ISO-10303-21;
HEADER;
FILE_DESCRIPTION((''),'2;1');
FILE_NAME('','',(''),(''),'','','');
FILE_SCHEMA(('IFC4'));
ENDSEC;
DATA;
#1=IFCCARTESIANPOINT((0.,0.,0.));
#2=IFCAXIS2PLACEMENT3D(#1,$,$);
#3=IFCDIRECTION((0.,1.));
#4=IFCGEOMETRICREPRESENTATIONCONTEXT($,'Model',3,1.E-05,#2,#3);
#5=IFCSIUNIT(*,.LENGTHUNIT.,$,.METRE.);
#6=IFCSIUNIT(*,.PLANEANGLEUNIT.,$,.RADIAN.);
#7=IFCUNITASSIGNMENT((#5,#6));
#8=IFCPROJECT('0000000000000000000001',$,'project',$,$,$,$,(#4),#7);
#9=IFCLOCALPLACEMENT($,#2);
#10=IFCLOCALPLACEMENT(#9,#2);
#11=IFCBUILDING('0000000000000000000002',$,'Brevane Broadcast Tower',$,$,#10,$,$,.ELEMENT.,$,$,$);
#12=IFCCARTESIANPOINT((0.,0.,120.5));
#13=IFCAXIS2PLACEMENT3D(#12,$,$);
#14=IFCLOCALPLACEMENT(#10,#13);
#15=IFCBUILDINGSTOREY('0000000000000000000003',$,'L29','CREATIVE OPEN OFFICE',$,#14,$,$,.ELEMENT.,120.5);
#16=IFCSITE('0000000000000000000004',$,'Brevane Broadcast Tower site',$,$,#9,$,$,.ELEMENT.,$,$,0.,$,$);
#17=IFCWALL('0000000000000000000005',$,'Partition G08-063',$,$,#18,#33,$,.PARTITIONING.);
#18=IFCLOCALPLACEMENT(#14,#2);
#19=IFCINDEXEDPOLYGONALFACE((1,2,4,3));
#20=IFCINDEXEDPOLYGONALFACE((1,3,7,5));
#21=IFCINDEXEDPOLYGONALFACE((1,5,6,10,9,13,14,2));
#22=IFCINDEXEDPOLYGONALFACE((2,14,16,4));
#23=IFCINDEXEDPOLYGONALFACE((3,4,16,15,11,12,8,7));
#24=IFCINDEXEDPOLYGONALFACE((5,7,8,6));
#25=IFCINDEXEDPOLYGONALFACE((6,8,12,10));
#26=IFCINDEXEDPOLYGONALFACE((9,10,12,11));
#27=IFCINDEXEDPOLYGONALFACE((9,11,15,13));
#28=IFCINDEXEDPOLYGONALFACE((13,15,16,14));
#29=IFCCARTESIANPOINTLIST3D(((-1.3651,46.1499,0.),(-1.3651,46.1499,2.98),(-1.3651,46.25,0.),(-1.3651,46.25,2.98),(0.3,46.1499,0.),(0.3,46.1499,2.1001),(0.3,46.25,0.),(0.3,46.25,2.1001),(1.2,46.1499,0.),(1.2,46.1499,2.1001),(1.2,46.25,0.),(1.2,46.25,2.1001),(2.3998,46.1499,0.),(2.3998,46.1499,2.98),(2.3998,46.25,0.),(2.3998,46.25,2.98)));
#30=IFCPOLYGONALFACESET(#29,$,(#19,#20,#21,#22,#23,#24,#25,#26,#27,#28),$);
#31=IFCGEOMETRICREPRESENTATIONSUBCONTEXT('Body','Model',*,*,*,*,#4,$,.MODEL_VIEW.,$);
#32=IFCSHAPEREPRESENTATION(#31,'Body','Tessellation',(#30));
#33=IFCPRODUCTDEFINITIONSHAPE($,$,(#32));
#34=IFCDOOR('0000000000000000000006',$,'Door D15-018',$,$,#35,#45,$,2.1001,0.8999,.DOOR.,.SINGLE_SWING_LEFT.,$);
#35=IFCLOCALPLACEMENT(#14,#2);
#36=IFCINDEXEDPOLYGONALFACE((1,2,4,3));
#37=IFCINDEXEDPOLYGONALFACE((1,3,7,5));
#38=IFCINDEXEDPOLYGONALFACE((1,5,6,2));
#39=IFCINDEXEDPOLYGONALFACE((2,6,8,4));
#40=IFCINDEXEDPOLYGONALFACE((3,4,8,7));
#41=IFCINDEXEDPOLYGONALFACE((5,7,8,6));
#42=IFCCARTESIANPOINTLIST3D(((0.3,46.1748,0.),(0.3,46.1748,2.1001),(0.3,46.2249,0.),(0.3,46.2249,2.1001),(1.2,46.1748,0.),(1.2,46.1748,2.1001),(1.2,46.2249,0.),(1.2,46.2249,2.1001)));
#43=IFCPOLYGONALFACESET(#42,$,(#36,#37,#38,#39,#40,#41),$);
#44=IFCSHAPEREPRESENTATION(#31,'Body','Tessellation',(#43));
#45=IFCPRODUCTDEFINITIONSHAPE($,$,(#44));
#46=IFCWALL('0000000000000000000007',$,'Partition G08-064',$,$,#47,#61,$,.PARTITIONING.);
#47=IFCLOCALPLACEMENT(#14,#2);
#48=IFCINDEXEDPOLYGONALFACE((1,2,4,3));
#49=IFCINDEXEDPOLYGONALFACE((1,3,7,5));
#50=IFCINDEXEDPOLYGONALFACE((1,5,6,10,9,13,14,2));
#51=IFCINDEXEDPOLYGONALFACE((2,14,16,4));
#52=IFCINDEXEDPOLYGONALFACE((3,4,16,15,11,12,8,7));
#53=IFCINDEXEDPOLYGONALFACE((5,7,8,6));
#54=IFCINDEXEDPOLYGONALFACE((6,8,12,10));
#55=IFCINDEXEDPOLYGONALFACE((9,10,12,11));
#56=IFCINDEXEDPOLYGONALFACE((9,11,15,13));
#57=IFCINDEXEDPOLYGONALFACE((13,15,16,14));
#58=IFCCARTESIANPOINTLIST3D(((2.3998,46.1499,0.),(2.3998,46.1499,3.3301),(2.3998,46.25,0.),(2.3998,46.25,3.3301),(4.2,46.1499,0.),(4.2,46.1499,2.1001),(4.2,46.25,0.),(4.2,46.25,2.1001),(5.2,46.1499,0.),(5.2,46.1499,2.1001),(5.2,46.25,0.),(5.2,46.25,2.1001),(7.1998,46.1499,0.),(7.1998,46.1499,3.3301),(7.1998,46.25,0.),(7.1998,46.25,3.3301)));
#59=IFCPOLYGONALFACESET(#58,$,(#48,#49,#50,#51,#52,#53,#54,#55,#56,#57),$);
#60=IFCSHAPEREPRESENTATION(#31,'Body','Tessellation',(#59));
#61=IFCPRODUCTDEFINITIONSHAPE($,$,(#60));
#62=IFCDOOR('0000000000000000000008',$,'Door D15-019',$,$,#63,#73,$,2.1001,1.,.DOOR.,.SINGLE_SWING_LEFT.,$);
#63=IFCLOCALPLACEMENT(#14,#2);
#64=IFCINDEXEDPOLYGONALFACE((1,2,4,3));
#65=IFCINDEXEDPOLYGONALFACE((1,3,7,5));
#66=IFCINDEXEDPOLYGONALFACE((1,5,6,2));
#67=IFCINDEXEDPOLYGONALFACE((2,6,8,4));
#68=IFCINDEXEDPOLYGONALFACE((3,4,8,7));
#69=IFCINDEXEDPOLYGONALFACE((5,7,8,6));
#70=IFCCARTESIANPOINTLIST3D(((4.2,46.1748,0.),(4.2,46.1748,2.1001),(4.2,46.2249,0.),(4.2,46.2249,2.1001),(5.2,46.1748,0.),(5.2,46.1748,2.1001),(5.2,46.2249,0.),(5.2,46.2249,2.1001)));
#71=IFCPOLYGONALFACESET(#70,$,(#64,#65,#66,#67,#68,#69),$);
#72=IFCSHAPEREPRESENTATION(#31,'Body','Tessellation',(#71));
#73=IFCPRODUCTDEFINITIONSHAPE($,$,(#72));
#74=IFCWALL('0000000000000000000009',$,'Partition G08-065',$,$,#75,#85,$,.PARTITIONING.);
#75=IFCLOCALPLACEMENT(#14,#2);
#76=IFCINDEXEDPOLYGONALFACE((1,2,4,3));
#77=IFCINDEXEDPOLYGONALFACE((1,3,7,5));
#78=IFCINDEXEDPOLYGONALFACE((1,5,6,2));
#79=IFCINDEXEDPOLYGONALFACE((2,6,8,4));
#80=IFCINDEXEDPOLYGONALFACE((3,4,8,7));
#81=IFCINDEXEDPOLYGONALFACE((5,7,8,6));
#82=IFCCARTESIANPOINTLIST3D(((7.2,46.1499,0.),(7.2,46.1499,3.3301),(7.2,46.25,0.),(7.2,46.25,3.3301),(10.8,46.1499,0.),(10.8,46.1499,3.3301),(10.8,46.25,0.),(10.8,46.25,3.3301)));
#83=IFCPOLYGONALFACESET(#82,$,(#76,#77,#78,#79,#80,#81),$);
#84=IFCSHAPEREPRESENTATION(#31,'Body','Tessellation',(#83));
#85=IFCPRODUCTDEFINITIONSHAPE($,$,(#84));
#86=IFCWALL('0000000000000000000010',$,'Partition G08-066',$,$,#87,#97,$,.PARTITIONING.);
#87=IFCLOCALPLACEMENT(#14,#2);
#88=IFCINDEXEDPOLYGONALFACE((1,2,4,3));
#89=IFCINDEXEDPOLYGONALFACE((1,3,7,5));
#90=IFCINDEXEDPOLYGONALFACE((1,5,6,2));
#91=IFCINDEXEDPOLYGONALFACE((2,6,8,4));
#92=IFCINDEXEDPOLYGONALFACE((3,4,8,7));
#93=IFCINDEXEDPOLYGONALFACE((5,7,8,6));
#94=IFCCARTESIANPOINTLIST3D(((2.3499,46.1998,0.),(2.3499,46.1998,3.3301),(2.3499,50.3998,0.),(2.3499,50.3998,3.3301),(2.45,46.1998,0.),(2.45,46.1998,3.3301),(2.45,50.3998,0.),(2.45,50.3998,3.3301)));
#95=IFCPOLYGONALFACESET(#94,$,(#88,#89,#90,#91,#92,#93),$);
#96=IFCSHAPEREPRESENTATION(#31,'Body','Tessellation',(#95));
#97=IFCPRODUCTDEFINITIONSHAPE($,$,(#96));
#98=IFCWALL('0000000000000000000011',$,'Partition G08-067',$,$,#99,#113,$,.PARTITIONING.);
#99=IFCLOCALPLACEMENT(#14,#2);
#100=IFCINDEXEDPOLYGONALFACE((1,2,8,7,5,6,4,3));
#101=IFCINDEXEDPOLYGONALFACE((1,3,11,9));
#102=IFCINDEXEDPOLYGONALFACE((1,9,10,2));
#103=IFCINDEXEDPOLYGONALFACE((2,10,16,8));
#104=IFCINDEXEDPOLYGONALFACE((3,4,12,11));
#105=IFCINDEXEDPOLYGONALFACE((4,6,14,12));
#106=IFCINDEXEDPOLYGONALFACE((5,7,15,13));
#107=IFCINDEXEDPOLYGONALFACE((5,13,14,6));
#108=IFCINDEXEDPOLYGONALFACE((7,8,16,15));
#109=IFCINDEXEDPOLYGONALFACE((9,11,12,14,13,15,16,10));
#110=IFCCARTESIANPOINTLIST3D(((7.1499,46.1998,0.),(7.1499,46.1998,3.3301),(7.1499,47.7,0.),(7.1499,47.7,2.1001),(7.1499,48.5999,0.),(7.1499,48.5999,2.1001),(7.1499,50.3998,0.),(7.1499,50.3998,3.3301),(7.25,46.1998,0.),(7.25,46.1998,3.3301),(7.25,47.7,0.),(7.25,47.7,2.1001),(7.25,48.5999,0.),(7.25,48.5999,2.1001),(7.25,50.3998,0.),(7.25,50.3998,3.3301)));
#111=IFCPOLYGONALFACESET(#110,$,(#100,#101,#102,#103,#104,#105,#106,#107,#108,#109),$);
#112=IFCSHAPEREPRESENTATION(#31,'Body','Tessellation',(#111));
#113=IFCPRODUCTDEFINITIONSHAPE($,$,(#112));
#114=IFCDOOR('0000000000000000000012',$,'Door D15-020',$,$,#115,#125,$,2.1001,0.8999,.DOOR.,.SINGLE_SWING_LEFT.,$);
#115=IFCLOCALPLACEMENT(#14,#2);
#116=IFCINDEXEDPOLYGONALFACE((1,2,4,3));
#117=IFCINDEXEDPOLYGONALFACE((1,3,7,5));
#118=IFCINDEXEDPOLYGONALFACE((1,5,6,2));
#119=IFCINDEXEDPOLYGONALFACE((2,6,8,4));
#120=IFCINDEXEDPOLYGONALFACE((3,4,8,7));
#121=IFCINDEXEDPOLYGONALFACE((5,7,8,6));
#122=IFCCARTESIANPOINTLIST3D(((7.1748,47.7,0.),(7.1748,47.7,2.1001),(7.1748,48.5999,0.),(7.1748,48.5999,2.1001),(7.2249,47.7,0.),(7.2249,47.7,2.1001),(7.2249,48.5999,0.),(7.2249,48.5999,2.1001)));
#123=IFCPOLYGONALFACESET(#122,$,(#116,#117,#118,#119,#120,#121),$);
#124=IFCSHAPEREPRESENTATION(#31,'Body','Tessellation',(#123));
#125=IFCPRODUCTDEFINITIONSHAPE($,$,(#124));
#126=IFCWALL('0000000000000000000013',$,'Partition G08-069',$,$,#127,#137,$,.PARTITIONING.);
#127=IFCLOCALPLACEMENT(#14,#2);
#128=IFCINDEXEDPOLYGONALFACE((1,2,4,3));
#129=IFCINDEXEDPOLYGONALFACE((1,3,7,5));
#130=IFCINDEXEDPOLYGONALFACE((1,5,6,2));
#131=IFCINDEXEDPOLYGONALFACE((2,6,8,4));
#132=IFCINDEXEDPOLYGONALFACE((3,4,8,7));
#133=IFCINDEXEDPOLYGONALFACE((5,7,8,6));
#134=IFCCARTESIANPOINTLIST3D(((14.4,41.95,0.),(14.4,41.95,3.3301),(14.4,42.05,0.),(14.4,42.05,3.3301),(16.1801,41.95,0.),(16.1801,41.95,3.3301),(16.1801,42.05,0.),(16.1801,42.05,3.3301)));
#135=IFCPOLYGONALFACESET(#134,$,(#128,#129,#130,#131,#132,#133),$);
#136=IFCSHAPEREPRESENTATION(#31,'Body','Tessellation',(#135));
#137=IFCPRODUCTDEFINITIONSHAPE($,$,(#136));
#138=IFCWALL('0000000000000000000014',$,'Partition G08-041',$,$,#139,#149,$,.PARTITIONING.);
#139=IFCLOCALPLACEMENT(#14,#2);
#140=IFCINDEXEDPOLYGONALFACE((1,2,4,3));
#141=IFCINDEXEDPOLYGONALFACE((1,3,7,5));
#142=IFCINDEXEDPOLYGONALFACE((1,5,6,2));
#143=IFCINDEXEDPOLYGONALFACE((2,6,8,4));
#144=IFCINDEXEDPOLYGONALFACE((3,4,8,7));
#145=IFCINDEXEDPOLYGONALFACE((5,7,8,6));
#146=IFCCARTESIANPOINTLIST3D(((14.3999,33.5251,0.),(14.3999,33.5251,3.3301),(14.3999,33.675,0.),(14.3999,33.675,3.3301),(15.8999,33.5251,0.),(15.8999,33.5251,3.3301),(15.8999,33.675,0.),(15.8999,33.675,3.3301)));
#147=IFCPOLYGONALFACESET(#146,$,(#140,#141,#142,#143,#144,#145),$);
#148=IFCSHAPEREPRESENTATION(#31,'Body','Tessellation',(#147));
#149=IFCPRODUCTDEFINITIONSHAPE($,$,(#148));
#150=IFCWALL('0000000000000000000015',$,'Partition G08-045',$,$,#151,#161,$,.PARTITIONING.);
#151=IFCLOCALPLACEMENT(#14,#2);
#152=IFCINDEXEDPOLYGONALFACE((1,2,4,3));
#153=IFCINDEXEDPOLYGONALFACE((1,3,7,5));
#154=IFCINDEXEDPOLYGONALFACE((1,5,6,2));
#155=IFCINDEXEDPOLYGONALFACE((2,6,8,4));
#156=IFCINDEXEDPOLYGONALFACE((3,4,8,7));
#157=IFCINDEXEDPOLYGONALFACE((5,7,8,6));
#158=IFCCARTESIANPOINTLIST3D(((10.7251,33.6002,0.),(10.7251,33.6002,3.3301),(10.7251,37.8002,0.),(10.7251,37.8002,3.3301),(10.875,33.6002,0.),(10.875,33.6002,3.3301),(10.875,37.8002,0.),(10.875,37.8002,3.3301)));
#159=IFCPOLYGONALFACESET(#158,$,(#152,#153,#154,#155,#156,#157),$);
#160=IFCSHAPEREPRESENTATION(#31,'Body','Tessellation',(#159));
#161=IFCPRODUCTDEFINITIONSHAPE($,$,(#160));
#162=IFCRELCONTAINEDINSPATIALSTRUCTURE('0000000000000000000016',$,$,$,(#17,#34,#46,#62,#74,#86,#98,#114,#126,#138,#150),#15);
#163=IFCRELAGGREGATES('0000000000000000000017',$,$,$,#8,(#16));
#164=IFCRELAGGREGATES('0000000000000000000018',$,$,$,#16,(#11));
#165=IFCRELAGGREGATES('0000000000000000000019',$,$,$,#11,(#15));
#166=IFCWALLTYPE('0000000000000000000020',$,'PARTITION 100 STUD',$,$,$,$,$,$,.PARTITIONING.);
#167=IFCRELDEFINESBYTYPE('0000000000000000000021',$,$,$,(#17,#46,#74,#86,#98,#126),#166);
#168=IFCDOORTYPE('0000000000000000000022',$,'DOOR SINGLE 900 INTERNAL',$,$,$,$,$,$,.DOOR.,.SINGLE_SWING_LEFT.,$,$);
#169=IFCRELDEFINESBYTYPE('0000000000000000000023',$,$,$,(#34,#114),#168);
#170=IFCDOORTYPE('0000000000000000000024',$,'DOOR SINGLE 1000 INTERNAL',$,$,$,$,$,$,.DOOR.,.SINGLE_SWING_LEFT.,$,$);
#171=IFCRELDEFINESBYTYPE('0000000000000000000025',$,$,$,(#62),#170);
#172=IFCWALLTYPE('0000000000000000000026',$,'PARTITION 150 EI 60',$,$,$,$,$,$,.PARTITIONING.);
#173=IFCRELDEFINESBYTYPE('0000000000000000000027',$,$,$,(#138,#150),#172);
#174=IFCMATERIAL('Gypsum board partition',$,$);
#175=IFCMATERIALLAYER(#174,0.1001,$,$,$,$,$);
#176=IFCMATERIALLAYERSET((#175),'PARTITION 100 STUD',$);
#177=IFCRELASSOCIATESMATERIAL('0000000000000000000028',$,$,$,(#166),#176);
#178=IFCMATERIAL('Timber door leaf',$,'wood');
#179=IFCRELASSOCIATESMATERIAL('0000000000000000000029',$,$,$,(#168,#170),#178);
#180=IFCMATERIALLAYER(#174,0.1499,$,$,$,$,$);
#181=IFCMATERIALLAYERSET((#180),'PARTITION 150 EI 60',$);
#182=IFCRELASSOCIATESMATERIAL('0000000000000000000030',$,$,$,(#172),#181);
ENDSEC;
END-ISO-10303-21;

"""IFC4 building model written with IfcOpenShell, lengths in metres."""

from ifc_helpers import new_model, si_unit, direction, frame, frame_2d, origin, place, context, subcontext, project, spatial, rectangle, extrude, material, layer, layer_set, type_object, element, fill, save


model = new_model("IFC4")

# Units and contexts
model_context = context("Model", 3, precision=1e-05, world=origin(), true_north=direction((0.0, 1.0)))
body_context = subcontext(model_context, "Body", "Model", "MODEL_VIEW")
ifc_project = project(units=[si_unit("LENGTHUNIT", "METRE"), si_unit("PLANEANGLEUNIT", "RADIAN")], contexts=[model_context])

# Site, building, storey
site_placement = place(None, origin())
site = spatial("IfcSite", under=ifc_project, at=site_placement, Name="Brevane Broadcast Tower site", CompositionType="ELEMENT", RefElevation=0.0)
building_placement = place(site_placement, origin())
building = spatial("IfcBuilding", under=site, at=building_placement, Name="Brevane Broadcast Tower", CompositionType="ELEMENT")
storey_placement = place(building_placement, frame((0.0, 0.0, 120.5)))
storey = spatial("IfcBuildingStorey", under=building, at=storey_placement, Name="L29", Description="CREATIVE OPEN OFFICE", CompositionType="ELEMENT", Elevation=120.5)

# Walls, openings, doors
ifc_material_1 = material(Name="Gypsum board partition")
ifc_layer_1 = layer(ifc_material_1, 0.1001)
ifc_layer_set_1 = layer_set([ifc_layer_1], Name="PARTITION 100 STUD")
wall_type_1 = type_object("IfcWallType", Name="PARTITION 100 STUD", PredefinedType="PARTITIONING", material=ifc_layer_set_1)
wall_1_placement = place(storey_placement, frame((-1.365, 46.2, 0.0), z_axis=(0.0, 0.0, 1.0), x_axis=(1.0, 0.0, 0.0)))
wall_1 = element("IfcWall", 1, at=wall_1_placement, inside=storey, type_object=wall_type_1, Name="Partition G08-063", PredefinedType="PARTITIONING", context=body_context, shape_type="SweptSolid", body=[
    extrude(rectangle(XDim=3.7649, YDim=0.1001, at=frame_2d((1.8823, 0.0))), origin(), (0.0, 0.0, 1.0), 2.98),
])
opening_1_placement = place(wall_1_placement, frame((1.665, 0.0, 0.0)))
opening_1 = element("IfcOpeningElement", 2, at=opening_1_placement, cuts=wall_1, PredefinedType="OPENING", context=body_context, shape_type="SweptSolid", body=[
    extrude(rectangle(XDim=0.8999, YDim=2.1001, at=frame_2d((0.45, 1.05))), frame((0.0, 0.0601, 0.0), z_axis=(0.0, -1.0, 0.0), x_axis=(1.0, 0.0, 0.0)), (0.0, 0.0, 1.0), 0.1201),
])
ifc_material_2 = material(Name="Timber door leaf", Category="wood")
door_type_1 = type_object("IfcDoorType", Name="DOOR SINGLE 900 INTERNAL", OperationType="SINGLE_SWING_LEFT", PredefinedType="DOOR", material=ifc_material_2)
door_1_placement = place(opening_1_placement, origin())
door_1 = element("IfcDoor", 3, at=door_1_placement, inside=storey, type_object=door_type_1, Name="Door D15-018", OperationType="SINGLE_SWING_LEFT", OverallHeight=2.1001, OverallWidth=0.8999, PredefinedType="DOOR", context=body_context, shape_type="SweptSolid", body=[
    extrude(rectangle(XDim=0.8999, YDim=2.1001, at=frame_2d((0.45, 1.05))), frame((0.0, 0.0249, 0.0), z_axis=(0.0, -1.0, 0.0), x_axis=(1.0, 0.0, 0.0)), (0.0, 0.0, 1.0), 0.05),
])
fill(opening_1, door_1)
wall_2_placement = place(storey_placement, frame((2.3999, 46.2, 0.0), z_axis=(0.0, 0.0, 1.0), x_axis=(1.0, 0.0, 0.0)))
wall_2 = element("IfcWall", 4, at=wall_2_placement, inside=storey, type_object=wall_type_1, Name="Partition G08-064", PredefinedType="PARTITIONING", context=body_context, shape_type="SweptSolid", body=[
    extrude(rectangle(XDim=4.8, YDim=0.1001, at=frame_2d((2.3999, 0.0))), origin(), (0.0, 0.0, 1.0), 3.3301),
])
opening_2_placement = place(wall_2_placement, frame((1.8, 0.0, 0.0)))
opening_2 = element("IfcOpeningElement", 5, at=opening_2_placement, cuts=wall_2, PredefinedType="OPENING", context=body_context, shape_type="SweptSolid", body=[
    extrude(rectangle(XDim=1.0, YDim=2.1001, at=frame_2d((0.5, 1.05))), frame((0.0, 0.0601, 0.0), z_axis=(0.0, -1.0, 0.0), x_axis=(1.0, 0.0, 0.0)), (0.0, 0.0, 1.0), 0.1201),
])
door_type_2 = type_object("IfcDoorType", Name="DOOR SINGLE 1000 INTERNAL", OperationType="SINGLE_SWING_LEFT", PredefinedType="DOOR", material=ifc_material_2)
door_2_placement = place(opening_2_placement, origin())
door_2 = element("IfcDoor", 6, at=door_2_placement, inside=storey, type_object=door_type_2, Name="Door D15-019", OperationType="SINGLE_SWING_LEFT", OverallHeight=2.1001, OverallWidth=1.0, PredefinedType="DOOR", context=body_context, shape_type="SweptSolid", body=[
    extrude(rectangle(XDim=1.0, YDim=2.1001, at=frame_2d((0.5, 1.05))), frame((0.0, 0.0249, 0.0), z_axis=(0.0, -1.0, 0.0), x_axis=(1.0, 0.0, 0.0)), (0.0, 0.0, 1.0), 0.05),
])
fill(opening_2, door_2)

# Walls
wall_3_placement = place(storey_placement, frame((7.2, 46.2, 0.0), z_axis=(0.0, 0.0, 1.0), x_axis=(1.0, 0.0, 0.0)))
element("IfcWall", 7, at=wall_3_placement, inside=storey, type_object=wall_type_1, Name="Partition G08-065", PredefinedType="PARTITIONING", context=body_context, shape_type="SweptSolid", body=[
    extrude(rectangle(XDim=3.6001, YDim=0.1001, at=frame_2d((1.8, 0.0))), origin(), (0.0, 0.0, 1.0), 3.3301),
])
wall_4_placement = place(storey_placement, frame((2.3999, 50.3999, 0.0), z_axis=(0.0, 0.0, 1.0), x_axis=(0.0, -1.0, 0.0)))
element("IfcWall", 8, at=wall_4_placement, inside=storey, type_object=wall_type_1, Name="Partition G08-066", PredefinedType="PARTITIONING", context=body_context, shape_type="SweptSolid", body=[
    extrude(rectangle(XDim=4.2, YDim=0.1001, at=frame_2d((2.1001, 0.0))), origin(), (0.0, 0.0, 1.0), 3.3301),
])

# Wall, opening, door
wall_5_placement = place(storey_placement, frame((7.2, 50.3999, 0.0), z_axis=(0.0, 0.0, 1.0), x_axis=(0.0, -1.0, 0.0)))
wall_5 = element("IfcWall", 9, at=wall_5_placement, inside=storey, type_object=wall_type_1, Name="Partition G08-067", PredefinedType="PARTITIONING", context=body_context, shape_type="SweptSolid", body=[
    extrude(rectangle(XDim=4.2, YDim=0.1001, at=frame_2d((2.1001, 0.0))), origin(), (0.0, 0.0, 1.0), 3.3301),
])
opening_3_placement = place(wall_5_placement, frame((1.8, 0.0, 0.0)))
opening_3 = element("IfcOpeningElement", 10, at=opening_3_placement, cuts=wall_5, PredefinedType="OPENING", context=body_context, shape_type="SweptSolid", body=[
    extrude(rectangle(XDim=0.8999, YDim=2.1001, at=frame_2d((0.45, 1.05))), frame((0.0, 0.0601, 0.0), z_axis=(0.0, -1.0, 0.0), x_axis=(1.0, 0.0, 0.0)), (0.0, 0.0, 1.0), 0.1201),
])
door_3_placement = place(opening_3_placement, origin())
door_3 = element("IfcDoor", 11, at=door_3_placement, inside=storey, type_object=door_type_1, Name="Door D15-020", OperationType="SINGLE_SWING_LEFT", OverallHeight=2.1001, OverallWidth=0.8999, PredefinedType="DOOR", context=body_context, shape_type="SweptSolid", body=[
    extrude(rectangle(XDim=0.8999, YDim=2.1001, at=frame_2d((0.45, 1.05))), frame((0.0, 0.0249, 0.0), z_axis=(0.0, -1.0, 0.0), x_axis=(1.0, 0.0, 0.0)), (0.0, 0.0, 1.0), 0.05),
])
fill(opening_3, door_3)

# Walls
wall_6_placement = place(storey_placement, frame((14.3999, 42.0, 0.0), z_axis=(0.0, 0.0, 1.0), x_axis=(1.0, 0.0, 0.0)))
element("IfcWall", 12, at=wall_6_placement, inside=storey, type_object=wall_type_1, Name="Partition G08-069", PredefinedType="PARTITIONING", context=body_context, shape_type="SweptSolid", body=[
    extrude(rectangle(XDim=1.78, YDim=0.1001, at=frame_2d((0.8901, 0.0))), origin(), (0.0, 0.0, 1.0), 3.3301),
])
ifc_layer_2 = layer(ifc_material_1, 0.1499)
ifc_layer_set_2 = layer_set([ifc_layer_2], Name="PARTITION 150 EI 60")
wall_type_2 = type_object("IfcWallType", Name="PARTITION 150 EI 60", PredefinedType="PARTITIONING", material=ifc_layer_set_2)
wall_7_placement = place(storey_placement, frame((14.3999, 33.6001, 0.0), z_axis=(0.0, 0.0, 1.0), x_axis=(1.0, 0.0, 0.0)))
element("IfcWall", 13, at=wall_7_placement, inside=storey, type_object=wall_type_2, Name="Partition G08-041", PredefinedType="PARTITIONING", context=body_context, shape_type="SweptSolid", body=[
    extrude(rectangle(XDim=1.5, YDim=0.1499, at=frame_2d((0.75, 0.0))), origin(), (0.0, 0.0, 1.0), 3.3301),
])
wall_8_placement = place(storey_placement, frame((10.8, 33.6001, 0.0), z_axis=(0.0, 0.0, 1.0), x_axis=(0.0, 1.0, 0.0)))
element("IfcWall", 14, at=wall_8_placement, inside=storey, type_object=wall_type_2, Name="Partition G08-045", PredefinedType="PARTITIONING", context=body_context, shape_type="SweptSolid", body=[
    extrude(rectangle(XDim=4.2, YDim=0.1499, at=frame_2d((2.1001, 0.0))), origin(), (0.0, 0.0, 1.0), 3.3301),
])

save(model, "model.ifc")
